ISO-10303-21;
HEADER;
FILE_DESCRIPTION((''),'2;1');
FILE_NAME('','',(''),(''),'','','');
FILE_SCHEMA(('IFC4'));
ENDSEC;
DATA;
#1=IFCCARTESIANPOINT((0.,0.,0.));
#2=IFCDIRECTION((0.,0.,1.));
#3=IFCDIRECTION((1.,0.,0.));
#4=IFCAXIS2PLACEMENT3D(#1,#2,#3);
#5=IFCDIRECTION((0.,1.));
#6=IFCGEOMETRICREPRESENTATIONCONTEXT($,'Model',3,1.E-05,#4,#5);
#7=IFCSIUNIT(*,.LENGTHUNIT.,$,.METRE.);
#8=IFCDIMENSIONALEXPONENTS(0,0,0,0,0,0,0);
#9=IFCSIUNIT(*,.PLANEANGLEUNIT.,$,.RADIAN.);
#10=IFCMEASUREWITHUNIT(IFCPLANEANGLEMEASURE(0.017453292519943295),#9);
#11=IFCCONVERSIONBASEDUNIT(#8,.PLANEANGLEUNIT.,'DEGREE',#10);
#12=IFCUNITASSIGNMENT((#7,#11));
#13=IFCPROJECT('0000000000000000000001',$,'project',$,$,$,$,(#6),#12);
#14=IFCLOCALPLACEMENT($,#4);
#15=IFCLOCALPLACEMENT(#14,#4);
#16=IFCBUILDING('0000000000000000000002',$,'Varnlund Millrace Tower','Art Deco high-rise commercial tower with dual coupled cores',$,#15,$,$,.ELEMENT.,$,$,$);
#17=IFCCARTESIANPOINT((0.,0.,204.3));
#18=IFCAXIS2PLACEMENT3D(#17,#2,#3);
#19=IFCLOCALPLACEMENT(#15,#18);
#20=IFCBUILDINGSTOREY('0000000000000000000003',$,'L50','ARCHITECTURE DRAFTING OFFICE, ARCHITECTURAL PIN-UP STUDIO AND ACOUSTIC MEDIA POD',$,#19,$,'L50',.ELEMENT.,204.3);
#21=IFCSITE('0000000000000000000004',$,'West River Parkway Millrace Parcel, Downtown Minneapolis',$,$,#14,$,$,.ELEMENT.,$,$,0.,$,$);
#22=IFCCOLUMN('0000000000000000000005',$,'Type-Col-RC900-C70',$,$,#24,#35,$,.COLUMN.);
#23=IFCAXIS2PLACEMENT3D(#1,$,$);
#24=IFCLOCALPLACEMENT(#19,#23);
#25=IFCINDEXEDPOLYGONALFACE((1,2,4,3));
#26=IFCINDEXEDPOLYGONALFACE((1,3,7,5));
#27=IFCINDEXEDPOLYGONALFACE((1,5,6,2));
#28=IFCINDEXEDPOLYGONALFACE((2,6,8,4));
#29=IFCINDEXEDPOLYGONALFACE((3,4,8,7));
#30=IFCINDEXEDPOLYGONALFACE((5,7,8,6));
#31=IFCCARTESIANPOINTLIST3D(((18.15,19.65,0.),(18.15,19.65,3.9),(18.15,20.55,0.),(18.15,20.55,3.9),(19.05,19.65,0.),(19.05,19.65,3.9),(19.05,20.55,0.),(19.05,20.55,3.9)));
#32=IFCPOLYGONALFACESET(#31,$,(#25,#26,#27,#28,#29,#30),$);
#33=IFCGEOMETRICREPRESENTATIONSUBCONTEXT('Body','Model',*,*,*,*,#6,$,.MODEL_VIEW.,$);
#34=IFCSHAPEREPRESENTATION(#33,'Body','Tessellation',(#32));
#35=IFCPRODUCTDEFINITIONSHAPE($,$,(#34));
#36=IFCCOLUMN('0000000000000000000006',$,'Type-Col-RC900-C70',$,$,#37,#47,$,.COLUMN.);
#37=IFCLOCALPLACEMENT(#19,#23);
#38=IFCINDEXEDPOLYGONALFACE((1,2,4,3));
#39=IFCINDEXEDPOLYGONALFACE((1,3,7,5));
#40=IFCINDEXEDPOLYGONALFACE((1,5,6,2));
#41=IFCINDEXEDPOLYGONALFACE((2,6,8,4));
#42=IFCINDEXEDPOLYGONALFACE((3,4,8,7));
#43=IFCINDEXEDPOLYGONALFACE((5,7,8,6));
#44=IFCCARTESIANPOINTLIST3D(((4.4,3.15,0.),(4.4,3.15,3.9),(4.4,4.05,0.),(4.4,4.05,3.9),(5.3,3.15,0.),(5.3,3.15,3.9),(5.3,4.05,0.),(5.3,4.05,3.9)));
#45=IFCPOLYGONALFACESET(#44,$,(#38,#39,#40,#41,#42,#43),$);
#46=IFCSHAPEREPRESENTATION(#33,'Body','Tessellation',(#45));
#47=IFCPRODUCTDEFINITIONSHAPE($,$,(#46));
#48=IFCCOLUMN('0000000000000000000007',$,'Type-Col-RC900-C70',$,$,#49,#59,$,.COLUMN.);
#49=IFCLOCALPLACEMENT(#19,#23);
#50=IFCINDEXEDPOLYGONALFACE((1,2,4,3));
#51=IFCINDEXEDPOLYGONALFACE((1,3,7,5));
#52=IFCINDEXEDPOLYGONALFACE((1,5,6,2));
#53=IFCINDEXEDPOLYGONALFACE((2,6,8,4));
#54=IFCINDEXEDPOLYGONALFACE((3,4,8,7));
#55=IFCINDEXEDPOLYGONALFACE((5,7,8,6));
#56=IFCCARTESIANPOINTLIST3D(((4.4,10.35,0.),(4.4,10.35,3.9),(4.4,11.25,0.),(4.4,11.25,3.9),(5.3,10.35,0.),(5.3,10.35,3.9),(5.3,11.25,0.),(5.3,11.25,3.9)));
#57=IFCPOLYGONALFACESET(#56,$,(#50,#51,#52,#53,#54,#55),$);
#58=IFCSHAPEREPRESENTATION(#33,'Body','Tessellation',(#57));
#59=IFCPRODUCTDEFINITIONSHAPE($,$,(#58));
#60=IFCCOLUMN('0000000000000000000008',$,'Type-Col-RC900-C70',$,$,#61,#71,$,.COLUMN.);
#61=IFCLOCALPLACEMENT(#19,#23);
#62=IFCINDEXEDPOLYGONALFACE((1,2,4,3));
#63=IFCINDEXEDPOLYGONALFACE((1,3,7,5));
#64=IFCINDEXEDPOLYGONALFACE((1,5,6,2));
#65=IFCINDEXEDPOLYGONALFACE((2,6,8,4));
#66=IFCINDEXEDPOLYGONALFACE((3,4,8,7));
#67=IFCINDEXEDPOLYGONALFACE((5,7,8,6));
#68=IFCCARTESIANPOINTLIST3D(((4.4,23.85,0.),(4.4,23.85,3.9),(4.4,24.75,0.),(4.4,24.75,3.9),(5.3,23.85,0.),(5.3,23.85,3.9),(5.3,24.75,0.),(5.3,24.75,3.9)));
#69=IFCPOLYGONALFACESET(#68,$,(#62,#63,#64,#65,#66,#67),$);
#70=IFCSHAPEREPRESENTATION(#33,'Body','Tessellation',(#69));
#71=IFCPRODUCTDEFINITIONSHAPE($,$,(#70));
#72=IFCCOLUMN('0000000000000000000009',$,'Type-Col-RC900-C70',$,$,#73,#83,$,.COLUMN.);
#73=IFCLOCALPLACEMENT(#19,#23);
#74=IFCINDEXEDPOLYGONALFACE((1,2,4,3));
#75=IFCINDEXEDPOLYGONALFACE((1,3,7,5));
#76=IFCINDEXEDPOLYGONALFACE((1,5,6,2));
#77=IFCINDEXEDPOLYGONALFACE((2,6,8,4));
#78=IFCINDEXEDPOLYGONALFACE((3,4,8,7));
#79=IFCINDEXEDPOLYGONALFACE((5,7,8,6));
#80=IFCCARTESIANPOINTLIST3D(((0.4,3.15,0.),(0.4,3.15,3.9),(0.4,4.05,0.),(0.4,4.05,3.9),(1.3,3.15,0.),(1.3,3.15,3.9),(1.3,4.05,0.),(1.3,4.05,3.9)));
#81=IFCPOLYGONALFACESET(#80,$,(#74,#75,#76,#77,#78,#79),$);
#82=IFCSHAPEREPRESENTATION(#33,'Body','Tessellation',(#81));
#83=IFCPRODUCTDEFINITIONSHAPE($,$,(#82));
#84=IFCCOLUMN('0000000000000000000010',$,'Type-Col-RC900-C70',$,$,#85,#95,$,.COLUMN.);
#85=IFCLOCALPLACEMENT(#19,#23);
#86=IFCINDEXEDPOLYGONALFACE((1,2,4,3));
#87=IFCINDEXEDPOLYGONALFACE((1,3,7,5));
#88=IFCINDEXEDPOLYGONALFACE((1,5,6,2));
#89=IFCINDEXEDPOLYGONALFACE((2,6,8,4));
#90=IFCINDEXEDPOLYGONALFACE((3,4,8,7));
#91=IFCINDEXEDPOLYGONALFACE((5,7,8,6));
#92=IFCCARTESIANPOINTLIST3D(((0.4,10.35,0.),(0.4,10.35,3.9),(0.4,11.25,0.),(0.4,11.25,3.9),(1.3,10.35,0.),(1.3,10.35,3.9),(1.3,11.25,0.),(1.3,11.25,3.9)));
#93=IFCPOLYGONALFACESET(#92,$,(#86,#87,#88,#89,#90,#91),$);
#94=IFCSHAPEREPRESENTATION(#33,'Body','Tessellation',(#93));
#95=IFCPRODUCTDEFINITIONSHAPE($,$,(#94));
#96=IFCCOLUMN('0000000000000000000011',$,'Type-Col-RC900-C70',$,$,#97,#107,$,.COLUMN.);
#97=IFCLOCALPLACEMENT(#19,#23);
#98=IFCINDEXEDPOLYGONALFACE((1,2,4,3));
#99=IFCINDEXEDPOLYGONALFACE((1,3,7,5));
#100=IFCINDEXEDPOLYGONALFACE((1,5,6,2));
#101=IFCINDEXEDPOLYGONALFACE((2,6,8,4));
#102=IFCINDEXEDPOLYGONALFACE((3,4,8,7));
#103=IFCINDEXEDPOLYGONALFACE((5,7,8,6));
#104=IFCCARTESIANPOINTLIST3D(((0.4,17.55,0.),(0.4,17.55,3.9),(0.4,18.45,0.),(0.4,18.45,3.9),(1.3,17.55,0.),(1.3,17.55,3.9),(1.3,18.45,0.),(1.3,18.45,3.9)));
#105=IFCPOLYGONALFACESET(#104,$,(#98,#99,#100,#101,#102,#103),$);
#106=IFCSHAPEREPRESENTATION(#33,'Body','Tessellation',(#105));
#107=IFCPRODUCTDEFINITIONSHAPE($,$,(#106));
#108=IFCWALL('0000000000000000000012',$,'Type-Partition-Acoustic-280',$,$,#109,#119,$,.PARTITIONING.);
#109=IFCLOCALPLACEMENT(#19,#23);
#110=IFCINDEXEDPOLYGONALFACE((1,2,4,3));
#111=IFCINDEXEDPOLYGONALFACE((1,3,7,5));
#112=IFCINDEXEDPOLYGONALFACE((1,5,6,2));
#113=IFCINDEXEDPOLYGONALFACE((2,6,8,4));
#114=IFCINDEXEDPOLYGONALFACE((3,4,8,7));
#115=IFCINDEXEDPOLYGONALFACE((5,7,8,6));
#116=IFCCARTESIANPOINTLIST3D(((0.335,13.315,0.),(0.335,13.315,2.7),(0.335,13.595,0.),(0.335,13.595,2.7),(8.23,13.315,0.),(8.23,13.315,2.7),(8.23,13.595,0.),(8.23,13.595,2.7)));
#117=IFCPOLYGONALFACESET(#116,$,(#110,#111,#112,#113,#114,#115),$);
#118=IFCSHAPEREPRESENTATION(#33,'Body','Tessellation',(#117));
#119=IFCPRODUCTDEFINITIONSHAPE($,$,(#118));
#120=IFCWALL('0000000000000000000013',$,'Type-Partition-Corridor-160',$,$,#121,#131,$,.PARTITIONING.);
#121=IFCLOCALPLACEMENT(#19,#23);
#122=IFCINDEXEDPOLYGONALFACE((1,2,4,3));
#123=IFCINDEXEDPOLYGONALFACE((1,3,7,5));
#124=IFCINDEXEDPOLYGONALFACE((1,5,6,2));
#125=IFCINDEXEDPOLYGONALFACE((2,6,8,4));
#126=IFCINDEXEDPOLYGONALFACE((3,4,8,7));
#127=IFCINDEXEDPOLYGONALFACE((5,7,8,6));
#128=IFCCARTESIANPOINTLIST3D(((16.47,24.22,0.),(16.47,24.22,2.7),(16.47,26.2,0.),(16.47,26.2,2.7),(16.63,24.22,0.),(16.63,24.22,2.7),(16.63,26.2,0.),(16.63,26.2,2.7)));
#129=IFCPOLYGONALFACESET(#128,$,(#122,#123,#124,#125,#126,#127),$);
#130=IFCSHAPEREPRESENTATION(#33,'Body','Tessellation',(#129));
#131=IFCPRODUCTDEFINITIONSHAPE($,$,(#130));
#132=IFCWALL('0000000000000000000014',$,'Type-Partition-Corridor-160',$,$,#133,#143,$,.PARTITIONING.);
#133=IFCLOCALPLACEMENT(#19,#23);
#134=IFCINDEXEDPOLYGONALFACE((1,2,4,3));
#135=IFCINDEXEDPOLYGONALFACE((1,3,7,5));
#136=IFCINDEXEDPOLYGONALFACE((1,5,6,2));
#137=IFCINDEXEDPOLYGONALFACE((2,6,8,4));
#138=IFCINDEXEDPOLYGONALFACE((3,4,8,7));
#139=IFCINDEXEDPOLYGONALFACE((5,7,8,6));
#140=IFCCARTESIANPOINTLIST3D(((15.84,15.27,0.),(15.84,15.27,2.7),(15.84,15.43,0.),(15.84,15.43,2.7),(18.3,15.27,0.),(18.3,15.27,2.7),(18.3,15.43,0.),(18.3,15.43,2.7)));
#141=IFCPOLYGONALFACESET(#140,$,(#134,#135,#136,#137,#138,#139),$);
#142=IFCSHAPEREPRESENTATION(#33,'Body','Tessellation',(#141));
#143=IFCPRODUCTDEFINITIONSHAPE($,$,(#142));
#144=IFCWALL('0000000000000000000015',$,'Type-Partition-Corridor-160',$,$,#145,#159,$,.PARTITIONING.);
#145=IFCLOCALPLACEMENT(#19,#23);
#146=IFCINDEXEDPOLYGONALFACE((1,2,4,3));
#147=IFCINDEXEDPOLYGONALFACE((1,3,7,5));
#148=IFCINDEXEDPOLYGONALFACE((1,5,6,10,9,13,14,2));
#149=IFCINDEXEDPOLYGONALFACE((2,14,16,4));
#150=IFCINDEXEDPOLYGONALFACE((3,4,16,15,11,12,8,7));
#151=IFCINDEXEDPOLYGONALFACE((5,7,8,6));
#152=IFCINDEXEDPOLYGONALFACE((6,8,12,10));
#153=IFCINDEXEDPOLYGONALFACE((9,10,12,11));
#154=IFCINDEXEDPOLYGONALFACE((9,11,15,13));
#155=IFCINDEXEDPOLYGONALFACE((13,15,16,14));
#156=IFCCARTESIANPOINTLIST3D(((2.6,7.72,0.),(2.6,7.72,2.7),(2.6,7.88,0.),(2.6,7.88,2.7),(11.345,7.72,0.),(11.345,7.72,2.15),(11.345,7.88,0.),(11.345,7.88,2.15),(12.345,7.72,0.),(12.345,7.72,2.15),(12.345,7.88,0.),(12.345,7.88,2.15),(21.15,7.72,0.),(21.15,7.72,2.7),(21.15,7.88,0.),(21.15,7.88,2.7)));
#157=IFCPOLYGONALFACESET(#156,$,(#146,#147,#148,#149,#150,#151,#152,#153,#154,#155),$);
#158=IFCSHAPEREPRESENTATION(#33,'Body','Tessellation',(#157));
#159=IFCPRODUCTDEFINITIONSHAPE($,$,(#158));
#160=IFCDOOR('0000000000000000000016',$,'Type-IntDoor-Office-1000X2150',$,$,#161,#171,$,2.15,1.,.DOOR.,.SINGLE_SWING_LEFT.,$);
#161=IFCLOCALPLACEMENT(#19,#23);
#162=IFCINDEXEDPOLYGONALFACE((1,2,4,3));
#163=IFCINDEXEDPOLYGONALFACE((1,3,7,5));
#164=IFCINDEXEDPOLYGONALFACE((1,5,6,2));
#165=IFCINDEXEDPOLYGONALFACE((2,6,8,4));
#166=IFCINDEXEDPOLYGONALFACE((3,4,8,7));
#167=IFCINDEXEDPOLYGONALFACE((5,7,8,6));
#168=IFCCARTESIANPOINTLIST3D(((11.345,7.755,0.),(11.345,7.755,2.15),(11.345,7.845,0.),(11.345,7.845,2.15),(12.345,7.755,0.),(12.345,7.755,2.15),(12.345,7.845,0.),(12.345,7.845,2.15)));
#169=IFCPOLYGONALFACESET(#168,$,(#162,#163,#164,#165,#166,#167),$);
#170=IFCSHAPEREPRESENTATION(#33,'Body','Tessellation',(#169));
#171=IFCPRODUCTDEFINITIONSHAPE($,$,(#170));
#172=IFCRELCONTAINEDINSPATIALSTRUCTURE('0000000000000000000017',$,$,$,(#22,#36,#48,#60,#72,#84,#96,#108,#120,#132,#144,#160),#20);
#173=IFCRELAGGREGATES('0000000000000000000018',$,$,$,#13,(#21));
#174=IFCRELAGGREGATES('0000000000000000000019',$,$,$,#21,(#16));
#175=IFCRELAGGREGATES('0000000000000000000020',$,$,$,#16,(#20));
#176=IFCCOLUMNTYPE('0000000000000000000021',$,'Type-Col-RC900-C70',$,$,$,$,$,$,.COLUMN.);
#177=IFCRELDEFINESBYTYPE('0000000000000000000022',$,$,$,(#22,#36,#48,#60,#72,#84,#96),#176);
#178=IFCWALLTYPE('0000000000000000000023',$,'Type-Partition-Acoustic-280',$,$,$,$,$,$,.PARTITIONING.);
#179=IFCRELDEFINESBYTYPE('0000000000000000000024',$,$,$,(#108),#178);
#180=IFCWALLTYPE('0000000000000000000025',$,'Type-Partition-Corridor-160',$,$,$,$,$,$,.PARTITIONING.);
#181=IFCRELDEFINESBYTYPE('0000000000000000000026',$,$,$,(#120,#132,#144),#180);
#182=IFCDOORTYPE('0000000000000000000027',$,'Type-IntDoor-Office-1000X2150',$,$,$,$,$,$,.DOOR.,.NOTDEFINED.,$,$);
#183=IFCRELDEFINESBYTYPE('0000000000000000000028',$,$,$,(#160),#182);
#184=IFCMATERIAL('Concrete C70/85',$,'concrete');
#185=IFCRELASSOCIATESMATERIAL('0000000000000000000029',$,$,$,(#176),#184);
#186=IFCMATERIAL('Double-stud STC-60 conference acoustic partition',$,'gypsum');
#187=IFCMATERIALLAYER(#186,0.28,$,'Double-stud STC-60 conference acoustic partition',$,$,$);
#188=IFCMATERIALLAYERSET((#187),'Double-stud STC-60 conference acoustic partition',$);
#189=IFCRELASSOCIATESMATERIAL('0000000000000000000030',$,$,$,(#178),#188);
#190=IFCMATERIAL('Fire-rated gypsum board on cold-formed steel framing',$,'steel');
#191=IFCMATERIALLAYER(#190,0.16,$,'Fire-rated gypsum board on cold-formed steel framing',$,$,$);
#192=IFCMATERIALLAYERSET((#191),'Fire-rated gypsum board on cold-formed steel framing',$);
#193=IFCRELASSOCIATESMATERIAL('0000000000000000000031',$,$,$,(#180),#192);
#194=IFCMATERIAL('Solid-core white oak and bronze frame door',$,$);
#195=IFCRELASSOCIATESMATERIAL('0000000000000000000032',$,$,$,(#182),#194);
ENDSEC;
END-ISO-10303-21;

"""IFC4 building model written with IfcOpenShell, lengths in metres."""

from ifc_helpers import new_model, entity, si_unit, converted_unit, direction, frame, origin_with_axes, origin_2d_with_axis, place, context, subcontext, project, spatial, polyline, rectangle, outline, extrude, material, layer, layer_set, material_profile, profile_set, type_object, element, fill, save


model = new_model("IFC4")

# Units and contexts
model_context = context("Model", 3, precision=1e-05, world=origin_with_axes(), true_north=direction((0.0, 1.0)))
body_context = subcontext(model_context, "Body", "Model", "MODEL_VIEW")
ifc_project = project(units=[si_unit("LENGTHUNIT", "METRE"), converted_unit("PLANEANGLEUNIT", "DEGREE", entity("IfcPlaneAngleMeasure", 0.017453292519943295), si_unit("PLANEANGLEUNIT", "RADIAN"), dimensions=[0, 0, 0, 0, 0, 0, 0])], contexts=[model_context])

# Site, building, storey
site_placement = place(None, origin_with_axes())
site = spatial("IfcSite", under=ifc_project, at=site_placement, Name="West River Parkway Millrace Parcel, Downtown Minneapolis", CompositionType="ELEMENT", RefElevation=0.0)
building_placement = place(site_placement, origin_with_axes())
building = spatial("IfcBuilding", under=site, at=building_placement, Name="Varnlund Millrace Tower", Description="Art Deco high-rise commercial tower with dual coupled cores", CompositionType="ELEMENT")
storey_placement = place(building_placement, frame((0.0, 0.0, 204.3), z_axis=(0.0, 0.0, 1.0), x_axis=(1.0, 0.0, 0.0)))
storey = spatial("IfcBuildingStorey", under=building, at=storey_placement, Name="L50", Description="ARCHITECTURE DRAFTING OFFICE, ARCHITECTURAL PIN-UP STUDIO AND ACOUSTIC MEDIA POD", LongName="L50", CompositionType="ELEMENT", Elevation=204.3)

# Columns
ifc_material_1 = material(Name="Concrete C70/85", Category="concrete")
ifc_material_profile = material_profile(ifc_material_1, rectangle(XDim=0.9, YDim=0.9, at=origin_2d_with_axis()), Name="Concrete C70/85")
ifc_profile_set = profile_set([ifc_material_profile], Name="Concrete C70/85")
column_type = type_object("IfcColumnType", Name="Type-Col-RC900-C70", PredefinedType="COLUMN", material=ifc_profile_set)
for number, where, z_axis, x_axis, name in (
    (1, (18.6, 20.1, 0.0), (0.0, 0.0, 1.0), (1.0, 0.0, 0.0), "Type-Col-RC900-C70"),
    (2, (4.85, 3.6, 0.0), (0.0, 0.0, 1.0), (1.0, 0.0, 0.0), "Type-Col-RC900-C70"),
    (3, (4.85, 10.8, 0.0), (0.0, 0.0, 1.0), (1.0, 0.0, 0.0), "Type-Col-RC900-C70"),
    (4, (4.85, 24.3, 0.0), (0.0, 0.0, 1.0), (1.0, 0.0, 0.0), "Type-Col-RC900-C70"),
    (5, (0.85, 3.6, 0.0), (0.0, 0.0, 1.0), (1.0, 0.0, 0.0), "Type-Col-RC900-C70"),
    (6, (0.85, 10.8, 0.0), (0.0, 0.0, 1.0), (1.0, 0.0, 0.0), "Type-Col-RC900-C70"),
    (7, (0.85, 18.0, 0.0), (0.0, 0.0, 1.0), (1.0, 0.0, 0.0), "Type-Col-RC900-C70"),
):
    element("IfcColumn", number, at=place(storey_placement, frame(where, z_axis=z_axis, x_axis=x_axis)), inside=storey, type_object=column_type, Name=name, PredefinedType="COLUMN", context=body_context, shape_type="SweptSolid", body=[
        extrude(rectangle(XDim=0.9, YDim=0.9, at=origin_2d_with_axis()), origin_with_axes(), (0.0, 0.0, 1.0), 3.9),
    ])

# Walls
ifc_material_2 = material(Name="Double-stud STC-60 conference acoustic partition", Category="gypsum")
ifc_layer_1 = layer(ifc_material_2, 0.28, Name="Double-stud STC-60 conference acoustic partition")
ifc_layer_set_1 = layer_set([ifc_layer_1], Name="Double-stud STC-60 conference acoustic partition")
wall_type_1 = type_object("IfcWallType", Name="Type-Partition-Acoustic-280", PredefinedType="PARTITIONING", material=ifc_layer_set_1)
wall_1_placement = place(storey_placement, frame((0.335, 13.455, 0.0), z_axis=(0.0, 0.0, 1.0), x_axis=(1.0, 0.0, 0.0)))
element("IfcWall", 8, at=wall_1_placement, inside=storey, type_object=wall_type_1, Name="Type-Partition-Acoustic-280", PredefinedType="PARTITIONING", context=body_context, shape_type="SweptSolid", body=[
    extrude(outline(polyline([(0.0, -0.14), (7.895, -0.14), (7.895, 0.14), (0.0, 0.14), (0.0, -0.14)])), origin_with_axes(), (0.0, 0.0, 1.0), 2.7),
])
ifc_material_3 = material(Name="Fire-rated gypsum board on cold-formed steel framing", Category="steel")
ifc_layer_2 = layer(ifc_material_3, 0.16, Name="Fire-rated gypsum board on cold-formed steel framing")
ifc_layer_set_2 = layer_set([ifc_layer_2], Name="Fire-rated gypsum board on cold-formed steel framing")
wall_type_2 = type_object("IfcWallType", Name="Type-Partition-Corridor-160", PredefinedType="PARTITIONING", material=ifc_layer_set_2)
wall_2_placement = place(storey_placement, frame((16.55, 24.22, 0.0), z_axis=(0.0, 0.0, 1.0), x_axis=(0.0, 1.0, 0.0)))
element("IfcWall", 9, at=wall_2_placement, inside=storey, type_object=wall_type_2, Name="Type-Partition-Corridor-160", PredefinedType="PARTITIONING", context=body_context, shape_type="SweptSolid", body=[
    extrude(outline(polyline([(0.0, -0.08), (1.98, -0.08), (1.98, 0.08), (0.0, 0.08), (0.0, -0.08)])), origin_with_axes(), (0.0, 0.0, 1.0), 2.7),
])
wall_3_placement = place(storey_placement, frame((15.84, 15.35, 0.0), z_axis=(0.0, 0.0, 1.0), x_axis=(1.0, 0.0, 0.0)))
element("IfcWall", 10, at=wall_3_placement, inside=storey, type_object=wall_type_2, Name="Type-Partition-Corridor-160", PredefinedType="PARTITIONING", context=body_context, shape_type="SweptSolid", body=[
    extrude(outline(polyline([(0.0, -0.08), (2.46, -0.08), (2.46, 0.08), (0.0, 0.08), (0.0, -0.08)])), origin_with_axes(), (0.0, 0.0, 1.0), 2.7),
])

# Wall, opening, door
wall_4_placement = place(storey_placement, frame((2.6, 7.8, 0.0), z_axis=(0.0, 0.0, 1.0), x_axis=(1.0, 0.0, 0.0)))
wall_4 = element("IfcWall", 11, at=wall_4_placement, inside=storey, type_object=wall_type_2, Name="Type-Partition-Corridor-160", PredefinedType="PARTITIONING", context=body_context, shape_type="SweptSolid", body=[
    extrude(outline(polyline([(0.0, -0.08), (18.55, -0.08), (18.55, 0.08), (0.0, 0.08), (0.0, -0.08)])), origin_with_axes(), (0.0, 0.0, 1.0), 2.7),
])
opening_1_placement = place(wall_4_placement, frame((9.245, 0.0, 0.0), z_axis=(0.0, 0.0, 1.0), x_axis=(1.0, 0.0, 0.0)))
opening_1 = element("IfcOpeningElement", 12, at=opening_1_placement, cuts=wall_4, PredefinedType="OPENING", context=body_context, shape_type="SweptSolid", body=[
    extrude(rectangle(XDim=1.0, YDim=0.18, at=origin_2d_with_axis()), origin_with_axes(), (0.0, 0.0, 1.0), 2.15),
])
ifc_material_4 = material(Name="Solid-core white oak and bronze frame door")
door_type_1 = type_object("IfcDoorType", Name="Type-IntDoor-Office-1000X2150", OperationType="NOTDEFINED", PredefinedType="DOOR", material=ifc_material_4)
door_1_placement = place(wall_4_placement, frame((9.245, 0.0, 0.0), z_axis=(0.0, 0.0, 1.0), x_axis=(1.0, 0.0, 0.0)))
door_1 = element("IfcDoor", 13, at=door_1_placement, inside=storey, type_object=door_type_1, Name="Type-IntDoor-Office-1000X2150", OperationType="SINGLE_SWING_LEFT", OverallHeight=2.15, OverallWidth=1.0, PredefinedType="DOOR", context=body_context, shape_type="SweptSolid", body=[
    extrude(rectangle(XDim=1.0, YDim=0.09, at=origin_2d_with_axis()), origin_with_axes(), (0.0, 0.0, 1.0), 2.15),
])
fill(opening_1, door_1)

save(model, "model.ifc")
